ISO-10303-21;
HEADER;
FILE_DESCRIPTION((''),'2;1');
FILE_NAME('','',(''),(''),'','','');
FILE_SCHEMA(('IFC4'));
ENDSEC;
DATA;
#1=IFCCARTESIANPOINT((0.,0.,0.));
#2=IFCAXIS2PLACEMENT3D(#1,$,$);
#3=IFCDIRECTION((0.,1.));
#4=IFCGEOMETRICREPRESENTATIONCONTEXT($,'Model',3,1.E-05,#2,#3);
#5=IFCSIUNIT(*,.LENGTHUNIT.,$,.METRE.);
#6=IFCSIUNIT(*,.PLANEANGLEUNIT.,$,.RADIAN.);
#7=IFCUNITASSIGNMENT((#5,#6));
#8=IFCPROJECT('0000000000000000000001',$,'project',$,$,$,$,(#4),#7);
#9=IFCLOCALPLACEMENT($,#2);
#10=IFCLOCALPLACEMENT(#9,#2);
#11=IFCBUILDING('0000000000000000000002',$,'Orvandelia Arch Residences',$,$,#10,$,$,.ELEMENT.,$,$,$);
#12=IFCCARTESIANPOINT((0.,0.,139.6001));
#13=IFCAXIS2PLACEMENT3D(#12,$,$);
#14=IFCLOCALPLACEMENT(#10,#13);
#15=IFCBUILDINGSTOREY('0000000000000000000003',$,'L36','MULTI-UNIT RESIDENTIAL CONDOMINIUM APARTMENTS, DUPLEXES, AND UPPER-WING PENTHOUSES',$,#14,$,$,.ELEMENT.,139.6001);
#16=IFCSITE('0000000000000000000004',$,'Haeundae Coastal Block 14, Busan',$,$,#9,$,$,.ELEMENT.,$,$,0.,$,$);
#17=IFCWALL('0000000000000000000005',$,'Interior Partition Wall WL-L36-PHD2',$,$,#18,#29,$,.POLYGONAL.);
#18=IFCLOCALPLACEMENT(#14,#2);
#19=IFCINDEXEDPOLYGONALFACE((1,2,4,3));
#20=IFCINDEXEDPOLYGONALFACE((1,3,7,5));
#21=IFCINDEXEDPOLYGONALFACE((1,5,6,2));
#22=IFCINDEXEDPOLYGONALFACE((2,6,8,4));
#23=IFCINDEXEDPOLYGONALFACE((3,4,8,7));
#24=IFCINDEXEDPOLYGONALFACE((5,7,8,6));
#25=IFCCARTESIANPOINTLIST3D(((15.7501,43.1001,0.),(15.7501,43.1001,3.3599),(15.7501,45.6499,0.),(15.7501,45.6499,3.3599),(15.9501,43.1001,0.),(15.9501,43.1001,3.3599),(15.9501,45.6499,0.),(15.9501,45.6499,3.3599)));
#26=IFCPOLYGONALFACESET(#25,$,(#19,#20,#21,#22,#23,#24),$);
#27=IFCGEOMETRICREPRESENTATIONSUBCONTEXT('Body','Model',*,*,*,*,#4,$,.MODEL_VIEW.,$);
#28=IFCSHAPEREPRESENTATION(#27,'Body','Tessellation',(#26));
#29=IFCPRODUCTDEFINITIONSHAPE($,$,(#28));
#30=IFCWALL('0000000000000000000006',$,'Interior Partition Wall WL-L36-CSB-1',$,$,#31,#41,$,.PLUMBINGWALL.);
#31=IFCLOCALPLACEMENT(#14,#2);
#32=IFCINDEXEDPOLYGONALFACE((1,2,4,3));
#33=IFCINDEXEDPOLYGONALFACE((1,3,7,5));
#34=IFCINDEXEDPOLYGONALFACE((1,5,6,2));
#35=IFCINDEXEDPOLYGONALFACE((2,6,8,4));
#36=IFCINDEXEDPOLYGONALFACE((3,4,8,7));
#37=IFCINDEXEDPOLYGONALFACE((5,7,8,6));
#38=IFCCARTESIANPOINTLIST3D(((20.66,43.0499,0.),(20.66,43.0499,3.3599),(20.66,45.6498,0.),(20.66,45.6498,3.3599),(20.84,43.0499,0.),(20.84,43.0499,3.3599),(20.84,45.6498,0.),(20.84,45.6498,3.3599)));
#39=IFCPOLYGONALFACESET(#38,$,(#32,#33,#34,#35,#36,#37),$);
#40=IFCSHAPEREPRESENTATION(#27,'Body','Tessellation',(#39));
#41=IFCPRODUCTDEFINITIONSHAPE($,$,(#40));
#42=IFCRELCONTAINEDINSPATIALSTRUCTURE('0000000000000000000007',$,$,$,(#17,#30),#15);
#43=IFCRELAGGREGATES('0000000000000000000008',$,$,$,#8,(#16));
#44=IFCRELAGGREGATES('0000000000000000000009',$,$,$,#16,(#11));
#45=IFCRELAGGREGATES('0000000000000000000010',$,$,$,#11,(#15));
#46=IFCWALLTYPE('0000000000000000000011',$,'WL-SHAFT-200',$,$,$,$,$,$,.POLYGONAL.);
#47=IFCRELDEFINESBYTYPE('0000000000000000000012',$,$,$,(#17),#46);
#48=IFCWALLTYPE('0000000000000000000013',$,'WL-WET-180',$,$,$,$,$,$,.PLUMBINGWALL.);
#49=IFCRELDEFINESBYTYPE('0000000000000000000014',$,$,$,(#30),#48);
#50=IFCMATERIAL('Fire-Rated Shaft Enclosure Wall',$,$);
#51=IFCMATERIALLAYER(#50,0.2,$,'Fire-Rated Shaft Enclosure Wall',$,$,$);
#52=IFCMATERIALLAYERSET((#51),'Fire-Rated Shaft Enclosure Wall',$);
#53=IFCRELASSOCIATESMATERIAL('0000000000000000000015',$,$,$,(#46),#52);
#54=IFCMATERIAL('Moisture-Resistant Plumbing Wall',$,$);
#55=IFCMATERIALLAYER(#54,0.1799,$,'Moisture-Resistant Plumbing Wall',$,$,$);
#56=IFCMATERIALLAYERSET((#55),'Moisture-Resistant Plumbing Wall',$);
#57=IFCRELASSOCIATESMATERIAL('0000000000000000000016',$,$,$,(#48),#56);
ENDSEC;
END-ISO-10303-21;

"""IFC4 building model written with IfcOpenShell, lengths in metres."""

from ifc_helpers import new_model, si_unit, direction, frame, frame_2d, origin, place, context, subcontext, project, spatial, rectangle, extrude, material, layer, layer_set, type_object, element, save


model = new_model("IFC4")

# Units and contexts
model_context = context("Model", 3, precision=1e-05, world=origin(), true_north=direction((0.0, 1.0)))
body_context = subcontext(model_context, "Body", "Model", "MODEL_VIEW")
ifc_project = project(units=[si_unit("LENGTHUNIT", "METRE"), si_unit("PLANEANGLEUNIT", "RADIAN")], contexts=[model_context])

# Site, building, storey
site_placement = place(None, origin())
site = spatial("IfcSite", under=ifc_project, at=site_placement, Name="Haeundae Coastal Block 14, Busan", CompositionType="ELEMENT", RefElevation=0.0)
building_placement = place(site_placement, origin())
building = spatial("IfcBuilding", under=site, at=building_placement, Name="Orvandelia Arch Residences", CompositionType="ELEMENT")
storey_placement = place(building_placement, frame((0.0, 0.0, 139.6001)))
storey = spatial("IfcBuildingStorey", under=building, at=storey_placement, Name="L36", Description="MULTI-UNIT RESIDENTIAL CONDOMINIUM APARTMENTS, DUPLEXES, AND UPPER-WING PENTHOUSES", CompositionType="ELEMENT", Elevation=139.6001)

# Shared definitions
ifc_material_1 = material(Name="Fire-Rated Shaft Enclosure Wall")
ifc_layer_1 = layer(ifc_material_1, 0.2, Name="Fire-Rated Shaft Enclosure Wall")
ifc_layer_set_1 = layer_set([ifc_layer_1], Name="Fire-Rated Shaft Enclosure Wall")
wall_type_1 = type_object("IfcWallType", Name="WL-SHAFT-200", PredefinedType="POLYGONAL", material=ifc_layer_set_1)

# Walls
for number, where, z_axis, x_axis, name in (
    (1, (15.8501, 43.1001, 0.0), (0.0, 0.0, 1.0), (0.0, 1.0, 0.0), "Interior Partition Wall WL-L36-PHD2"),
):
    element("IfcWall", number, at=place(storey_placement, frame(where, z_axis=z_axis, x_axis=x_axis)), inside=storey, type_object=wall_type_1, Name=name, PredefinedType="POLYGONAL", context=body_context, shape_type="SweptSolid", body=[
        extrude(rectangle(XDim=2.5498, YDim=0.2, at=frame_2d((1.2749, 0.0))), origin(), (0.0, 0.0, 1.0), 3.3599),
    ])
ifc_material_2 = material(Name="Moisture-Resistant Plumbing Wall")
ifc_layer_2 = layer(ifc_material_2, 0.1799, Name="Moisture-Resistant Plumbing Wall")
ifc_layer_set_2 = layer_set([ifc_layer_2], Name="Moisture-Resistant Plumbing Wall")
wall_type_2 = type_object("IfcWallType", Name="WL-WET-180", PredefinedType="PLUMBINGWALL", material=ifc_layer_set_2)
wall_1_placement = place(storey_placement, frame((20.75, 43.05, 0.0), z_axis=(0.0, 0.0, 1.0), x_axis=(0.0, 1.0, 0.0)))
element("IfcWall", 2, at=wall_1_placement, inside=storey, type_object=wall_type_2, Name="Interior Partition Wall WL-L36-CSB-1", PredefinedType="PLUMBINGWALL", context=body_context, shape_type="SweptSolid", body=[
    extrude(rectangle(XDim=2.5999, YDim=0.1799, at=frame_2d((1.2998, 0.0))), origin(), (0.0, 0.0, 1.0), 3.3599),
])

save(model, "model.ifc")
